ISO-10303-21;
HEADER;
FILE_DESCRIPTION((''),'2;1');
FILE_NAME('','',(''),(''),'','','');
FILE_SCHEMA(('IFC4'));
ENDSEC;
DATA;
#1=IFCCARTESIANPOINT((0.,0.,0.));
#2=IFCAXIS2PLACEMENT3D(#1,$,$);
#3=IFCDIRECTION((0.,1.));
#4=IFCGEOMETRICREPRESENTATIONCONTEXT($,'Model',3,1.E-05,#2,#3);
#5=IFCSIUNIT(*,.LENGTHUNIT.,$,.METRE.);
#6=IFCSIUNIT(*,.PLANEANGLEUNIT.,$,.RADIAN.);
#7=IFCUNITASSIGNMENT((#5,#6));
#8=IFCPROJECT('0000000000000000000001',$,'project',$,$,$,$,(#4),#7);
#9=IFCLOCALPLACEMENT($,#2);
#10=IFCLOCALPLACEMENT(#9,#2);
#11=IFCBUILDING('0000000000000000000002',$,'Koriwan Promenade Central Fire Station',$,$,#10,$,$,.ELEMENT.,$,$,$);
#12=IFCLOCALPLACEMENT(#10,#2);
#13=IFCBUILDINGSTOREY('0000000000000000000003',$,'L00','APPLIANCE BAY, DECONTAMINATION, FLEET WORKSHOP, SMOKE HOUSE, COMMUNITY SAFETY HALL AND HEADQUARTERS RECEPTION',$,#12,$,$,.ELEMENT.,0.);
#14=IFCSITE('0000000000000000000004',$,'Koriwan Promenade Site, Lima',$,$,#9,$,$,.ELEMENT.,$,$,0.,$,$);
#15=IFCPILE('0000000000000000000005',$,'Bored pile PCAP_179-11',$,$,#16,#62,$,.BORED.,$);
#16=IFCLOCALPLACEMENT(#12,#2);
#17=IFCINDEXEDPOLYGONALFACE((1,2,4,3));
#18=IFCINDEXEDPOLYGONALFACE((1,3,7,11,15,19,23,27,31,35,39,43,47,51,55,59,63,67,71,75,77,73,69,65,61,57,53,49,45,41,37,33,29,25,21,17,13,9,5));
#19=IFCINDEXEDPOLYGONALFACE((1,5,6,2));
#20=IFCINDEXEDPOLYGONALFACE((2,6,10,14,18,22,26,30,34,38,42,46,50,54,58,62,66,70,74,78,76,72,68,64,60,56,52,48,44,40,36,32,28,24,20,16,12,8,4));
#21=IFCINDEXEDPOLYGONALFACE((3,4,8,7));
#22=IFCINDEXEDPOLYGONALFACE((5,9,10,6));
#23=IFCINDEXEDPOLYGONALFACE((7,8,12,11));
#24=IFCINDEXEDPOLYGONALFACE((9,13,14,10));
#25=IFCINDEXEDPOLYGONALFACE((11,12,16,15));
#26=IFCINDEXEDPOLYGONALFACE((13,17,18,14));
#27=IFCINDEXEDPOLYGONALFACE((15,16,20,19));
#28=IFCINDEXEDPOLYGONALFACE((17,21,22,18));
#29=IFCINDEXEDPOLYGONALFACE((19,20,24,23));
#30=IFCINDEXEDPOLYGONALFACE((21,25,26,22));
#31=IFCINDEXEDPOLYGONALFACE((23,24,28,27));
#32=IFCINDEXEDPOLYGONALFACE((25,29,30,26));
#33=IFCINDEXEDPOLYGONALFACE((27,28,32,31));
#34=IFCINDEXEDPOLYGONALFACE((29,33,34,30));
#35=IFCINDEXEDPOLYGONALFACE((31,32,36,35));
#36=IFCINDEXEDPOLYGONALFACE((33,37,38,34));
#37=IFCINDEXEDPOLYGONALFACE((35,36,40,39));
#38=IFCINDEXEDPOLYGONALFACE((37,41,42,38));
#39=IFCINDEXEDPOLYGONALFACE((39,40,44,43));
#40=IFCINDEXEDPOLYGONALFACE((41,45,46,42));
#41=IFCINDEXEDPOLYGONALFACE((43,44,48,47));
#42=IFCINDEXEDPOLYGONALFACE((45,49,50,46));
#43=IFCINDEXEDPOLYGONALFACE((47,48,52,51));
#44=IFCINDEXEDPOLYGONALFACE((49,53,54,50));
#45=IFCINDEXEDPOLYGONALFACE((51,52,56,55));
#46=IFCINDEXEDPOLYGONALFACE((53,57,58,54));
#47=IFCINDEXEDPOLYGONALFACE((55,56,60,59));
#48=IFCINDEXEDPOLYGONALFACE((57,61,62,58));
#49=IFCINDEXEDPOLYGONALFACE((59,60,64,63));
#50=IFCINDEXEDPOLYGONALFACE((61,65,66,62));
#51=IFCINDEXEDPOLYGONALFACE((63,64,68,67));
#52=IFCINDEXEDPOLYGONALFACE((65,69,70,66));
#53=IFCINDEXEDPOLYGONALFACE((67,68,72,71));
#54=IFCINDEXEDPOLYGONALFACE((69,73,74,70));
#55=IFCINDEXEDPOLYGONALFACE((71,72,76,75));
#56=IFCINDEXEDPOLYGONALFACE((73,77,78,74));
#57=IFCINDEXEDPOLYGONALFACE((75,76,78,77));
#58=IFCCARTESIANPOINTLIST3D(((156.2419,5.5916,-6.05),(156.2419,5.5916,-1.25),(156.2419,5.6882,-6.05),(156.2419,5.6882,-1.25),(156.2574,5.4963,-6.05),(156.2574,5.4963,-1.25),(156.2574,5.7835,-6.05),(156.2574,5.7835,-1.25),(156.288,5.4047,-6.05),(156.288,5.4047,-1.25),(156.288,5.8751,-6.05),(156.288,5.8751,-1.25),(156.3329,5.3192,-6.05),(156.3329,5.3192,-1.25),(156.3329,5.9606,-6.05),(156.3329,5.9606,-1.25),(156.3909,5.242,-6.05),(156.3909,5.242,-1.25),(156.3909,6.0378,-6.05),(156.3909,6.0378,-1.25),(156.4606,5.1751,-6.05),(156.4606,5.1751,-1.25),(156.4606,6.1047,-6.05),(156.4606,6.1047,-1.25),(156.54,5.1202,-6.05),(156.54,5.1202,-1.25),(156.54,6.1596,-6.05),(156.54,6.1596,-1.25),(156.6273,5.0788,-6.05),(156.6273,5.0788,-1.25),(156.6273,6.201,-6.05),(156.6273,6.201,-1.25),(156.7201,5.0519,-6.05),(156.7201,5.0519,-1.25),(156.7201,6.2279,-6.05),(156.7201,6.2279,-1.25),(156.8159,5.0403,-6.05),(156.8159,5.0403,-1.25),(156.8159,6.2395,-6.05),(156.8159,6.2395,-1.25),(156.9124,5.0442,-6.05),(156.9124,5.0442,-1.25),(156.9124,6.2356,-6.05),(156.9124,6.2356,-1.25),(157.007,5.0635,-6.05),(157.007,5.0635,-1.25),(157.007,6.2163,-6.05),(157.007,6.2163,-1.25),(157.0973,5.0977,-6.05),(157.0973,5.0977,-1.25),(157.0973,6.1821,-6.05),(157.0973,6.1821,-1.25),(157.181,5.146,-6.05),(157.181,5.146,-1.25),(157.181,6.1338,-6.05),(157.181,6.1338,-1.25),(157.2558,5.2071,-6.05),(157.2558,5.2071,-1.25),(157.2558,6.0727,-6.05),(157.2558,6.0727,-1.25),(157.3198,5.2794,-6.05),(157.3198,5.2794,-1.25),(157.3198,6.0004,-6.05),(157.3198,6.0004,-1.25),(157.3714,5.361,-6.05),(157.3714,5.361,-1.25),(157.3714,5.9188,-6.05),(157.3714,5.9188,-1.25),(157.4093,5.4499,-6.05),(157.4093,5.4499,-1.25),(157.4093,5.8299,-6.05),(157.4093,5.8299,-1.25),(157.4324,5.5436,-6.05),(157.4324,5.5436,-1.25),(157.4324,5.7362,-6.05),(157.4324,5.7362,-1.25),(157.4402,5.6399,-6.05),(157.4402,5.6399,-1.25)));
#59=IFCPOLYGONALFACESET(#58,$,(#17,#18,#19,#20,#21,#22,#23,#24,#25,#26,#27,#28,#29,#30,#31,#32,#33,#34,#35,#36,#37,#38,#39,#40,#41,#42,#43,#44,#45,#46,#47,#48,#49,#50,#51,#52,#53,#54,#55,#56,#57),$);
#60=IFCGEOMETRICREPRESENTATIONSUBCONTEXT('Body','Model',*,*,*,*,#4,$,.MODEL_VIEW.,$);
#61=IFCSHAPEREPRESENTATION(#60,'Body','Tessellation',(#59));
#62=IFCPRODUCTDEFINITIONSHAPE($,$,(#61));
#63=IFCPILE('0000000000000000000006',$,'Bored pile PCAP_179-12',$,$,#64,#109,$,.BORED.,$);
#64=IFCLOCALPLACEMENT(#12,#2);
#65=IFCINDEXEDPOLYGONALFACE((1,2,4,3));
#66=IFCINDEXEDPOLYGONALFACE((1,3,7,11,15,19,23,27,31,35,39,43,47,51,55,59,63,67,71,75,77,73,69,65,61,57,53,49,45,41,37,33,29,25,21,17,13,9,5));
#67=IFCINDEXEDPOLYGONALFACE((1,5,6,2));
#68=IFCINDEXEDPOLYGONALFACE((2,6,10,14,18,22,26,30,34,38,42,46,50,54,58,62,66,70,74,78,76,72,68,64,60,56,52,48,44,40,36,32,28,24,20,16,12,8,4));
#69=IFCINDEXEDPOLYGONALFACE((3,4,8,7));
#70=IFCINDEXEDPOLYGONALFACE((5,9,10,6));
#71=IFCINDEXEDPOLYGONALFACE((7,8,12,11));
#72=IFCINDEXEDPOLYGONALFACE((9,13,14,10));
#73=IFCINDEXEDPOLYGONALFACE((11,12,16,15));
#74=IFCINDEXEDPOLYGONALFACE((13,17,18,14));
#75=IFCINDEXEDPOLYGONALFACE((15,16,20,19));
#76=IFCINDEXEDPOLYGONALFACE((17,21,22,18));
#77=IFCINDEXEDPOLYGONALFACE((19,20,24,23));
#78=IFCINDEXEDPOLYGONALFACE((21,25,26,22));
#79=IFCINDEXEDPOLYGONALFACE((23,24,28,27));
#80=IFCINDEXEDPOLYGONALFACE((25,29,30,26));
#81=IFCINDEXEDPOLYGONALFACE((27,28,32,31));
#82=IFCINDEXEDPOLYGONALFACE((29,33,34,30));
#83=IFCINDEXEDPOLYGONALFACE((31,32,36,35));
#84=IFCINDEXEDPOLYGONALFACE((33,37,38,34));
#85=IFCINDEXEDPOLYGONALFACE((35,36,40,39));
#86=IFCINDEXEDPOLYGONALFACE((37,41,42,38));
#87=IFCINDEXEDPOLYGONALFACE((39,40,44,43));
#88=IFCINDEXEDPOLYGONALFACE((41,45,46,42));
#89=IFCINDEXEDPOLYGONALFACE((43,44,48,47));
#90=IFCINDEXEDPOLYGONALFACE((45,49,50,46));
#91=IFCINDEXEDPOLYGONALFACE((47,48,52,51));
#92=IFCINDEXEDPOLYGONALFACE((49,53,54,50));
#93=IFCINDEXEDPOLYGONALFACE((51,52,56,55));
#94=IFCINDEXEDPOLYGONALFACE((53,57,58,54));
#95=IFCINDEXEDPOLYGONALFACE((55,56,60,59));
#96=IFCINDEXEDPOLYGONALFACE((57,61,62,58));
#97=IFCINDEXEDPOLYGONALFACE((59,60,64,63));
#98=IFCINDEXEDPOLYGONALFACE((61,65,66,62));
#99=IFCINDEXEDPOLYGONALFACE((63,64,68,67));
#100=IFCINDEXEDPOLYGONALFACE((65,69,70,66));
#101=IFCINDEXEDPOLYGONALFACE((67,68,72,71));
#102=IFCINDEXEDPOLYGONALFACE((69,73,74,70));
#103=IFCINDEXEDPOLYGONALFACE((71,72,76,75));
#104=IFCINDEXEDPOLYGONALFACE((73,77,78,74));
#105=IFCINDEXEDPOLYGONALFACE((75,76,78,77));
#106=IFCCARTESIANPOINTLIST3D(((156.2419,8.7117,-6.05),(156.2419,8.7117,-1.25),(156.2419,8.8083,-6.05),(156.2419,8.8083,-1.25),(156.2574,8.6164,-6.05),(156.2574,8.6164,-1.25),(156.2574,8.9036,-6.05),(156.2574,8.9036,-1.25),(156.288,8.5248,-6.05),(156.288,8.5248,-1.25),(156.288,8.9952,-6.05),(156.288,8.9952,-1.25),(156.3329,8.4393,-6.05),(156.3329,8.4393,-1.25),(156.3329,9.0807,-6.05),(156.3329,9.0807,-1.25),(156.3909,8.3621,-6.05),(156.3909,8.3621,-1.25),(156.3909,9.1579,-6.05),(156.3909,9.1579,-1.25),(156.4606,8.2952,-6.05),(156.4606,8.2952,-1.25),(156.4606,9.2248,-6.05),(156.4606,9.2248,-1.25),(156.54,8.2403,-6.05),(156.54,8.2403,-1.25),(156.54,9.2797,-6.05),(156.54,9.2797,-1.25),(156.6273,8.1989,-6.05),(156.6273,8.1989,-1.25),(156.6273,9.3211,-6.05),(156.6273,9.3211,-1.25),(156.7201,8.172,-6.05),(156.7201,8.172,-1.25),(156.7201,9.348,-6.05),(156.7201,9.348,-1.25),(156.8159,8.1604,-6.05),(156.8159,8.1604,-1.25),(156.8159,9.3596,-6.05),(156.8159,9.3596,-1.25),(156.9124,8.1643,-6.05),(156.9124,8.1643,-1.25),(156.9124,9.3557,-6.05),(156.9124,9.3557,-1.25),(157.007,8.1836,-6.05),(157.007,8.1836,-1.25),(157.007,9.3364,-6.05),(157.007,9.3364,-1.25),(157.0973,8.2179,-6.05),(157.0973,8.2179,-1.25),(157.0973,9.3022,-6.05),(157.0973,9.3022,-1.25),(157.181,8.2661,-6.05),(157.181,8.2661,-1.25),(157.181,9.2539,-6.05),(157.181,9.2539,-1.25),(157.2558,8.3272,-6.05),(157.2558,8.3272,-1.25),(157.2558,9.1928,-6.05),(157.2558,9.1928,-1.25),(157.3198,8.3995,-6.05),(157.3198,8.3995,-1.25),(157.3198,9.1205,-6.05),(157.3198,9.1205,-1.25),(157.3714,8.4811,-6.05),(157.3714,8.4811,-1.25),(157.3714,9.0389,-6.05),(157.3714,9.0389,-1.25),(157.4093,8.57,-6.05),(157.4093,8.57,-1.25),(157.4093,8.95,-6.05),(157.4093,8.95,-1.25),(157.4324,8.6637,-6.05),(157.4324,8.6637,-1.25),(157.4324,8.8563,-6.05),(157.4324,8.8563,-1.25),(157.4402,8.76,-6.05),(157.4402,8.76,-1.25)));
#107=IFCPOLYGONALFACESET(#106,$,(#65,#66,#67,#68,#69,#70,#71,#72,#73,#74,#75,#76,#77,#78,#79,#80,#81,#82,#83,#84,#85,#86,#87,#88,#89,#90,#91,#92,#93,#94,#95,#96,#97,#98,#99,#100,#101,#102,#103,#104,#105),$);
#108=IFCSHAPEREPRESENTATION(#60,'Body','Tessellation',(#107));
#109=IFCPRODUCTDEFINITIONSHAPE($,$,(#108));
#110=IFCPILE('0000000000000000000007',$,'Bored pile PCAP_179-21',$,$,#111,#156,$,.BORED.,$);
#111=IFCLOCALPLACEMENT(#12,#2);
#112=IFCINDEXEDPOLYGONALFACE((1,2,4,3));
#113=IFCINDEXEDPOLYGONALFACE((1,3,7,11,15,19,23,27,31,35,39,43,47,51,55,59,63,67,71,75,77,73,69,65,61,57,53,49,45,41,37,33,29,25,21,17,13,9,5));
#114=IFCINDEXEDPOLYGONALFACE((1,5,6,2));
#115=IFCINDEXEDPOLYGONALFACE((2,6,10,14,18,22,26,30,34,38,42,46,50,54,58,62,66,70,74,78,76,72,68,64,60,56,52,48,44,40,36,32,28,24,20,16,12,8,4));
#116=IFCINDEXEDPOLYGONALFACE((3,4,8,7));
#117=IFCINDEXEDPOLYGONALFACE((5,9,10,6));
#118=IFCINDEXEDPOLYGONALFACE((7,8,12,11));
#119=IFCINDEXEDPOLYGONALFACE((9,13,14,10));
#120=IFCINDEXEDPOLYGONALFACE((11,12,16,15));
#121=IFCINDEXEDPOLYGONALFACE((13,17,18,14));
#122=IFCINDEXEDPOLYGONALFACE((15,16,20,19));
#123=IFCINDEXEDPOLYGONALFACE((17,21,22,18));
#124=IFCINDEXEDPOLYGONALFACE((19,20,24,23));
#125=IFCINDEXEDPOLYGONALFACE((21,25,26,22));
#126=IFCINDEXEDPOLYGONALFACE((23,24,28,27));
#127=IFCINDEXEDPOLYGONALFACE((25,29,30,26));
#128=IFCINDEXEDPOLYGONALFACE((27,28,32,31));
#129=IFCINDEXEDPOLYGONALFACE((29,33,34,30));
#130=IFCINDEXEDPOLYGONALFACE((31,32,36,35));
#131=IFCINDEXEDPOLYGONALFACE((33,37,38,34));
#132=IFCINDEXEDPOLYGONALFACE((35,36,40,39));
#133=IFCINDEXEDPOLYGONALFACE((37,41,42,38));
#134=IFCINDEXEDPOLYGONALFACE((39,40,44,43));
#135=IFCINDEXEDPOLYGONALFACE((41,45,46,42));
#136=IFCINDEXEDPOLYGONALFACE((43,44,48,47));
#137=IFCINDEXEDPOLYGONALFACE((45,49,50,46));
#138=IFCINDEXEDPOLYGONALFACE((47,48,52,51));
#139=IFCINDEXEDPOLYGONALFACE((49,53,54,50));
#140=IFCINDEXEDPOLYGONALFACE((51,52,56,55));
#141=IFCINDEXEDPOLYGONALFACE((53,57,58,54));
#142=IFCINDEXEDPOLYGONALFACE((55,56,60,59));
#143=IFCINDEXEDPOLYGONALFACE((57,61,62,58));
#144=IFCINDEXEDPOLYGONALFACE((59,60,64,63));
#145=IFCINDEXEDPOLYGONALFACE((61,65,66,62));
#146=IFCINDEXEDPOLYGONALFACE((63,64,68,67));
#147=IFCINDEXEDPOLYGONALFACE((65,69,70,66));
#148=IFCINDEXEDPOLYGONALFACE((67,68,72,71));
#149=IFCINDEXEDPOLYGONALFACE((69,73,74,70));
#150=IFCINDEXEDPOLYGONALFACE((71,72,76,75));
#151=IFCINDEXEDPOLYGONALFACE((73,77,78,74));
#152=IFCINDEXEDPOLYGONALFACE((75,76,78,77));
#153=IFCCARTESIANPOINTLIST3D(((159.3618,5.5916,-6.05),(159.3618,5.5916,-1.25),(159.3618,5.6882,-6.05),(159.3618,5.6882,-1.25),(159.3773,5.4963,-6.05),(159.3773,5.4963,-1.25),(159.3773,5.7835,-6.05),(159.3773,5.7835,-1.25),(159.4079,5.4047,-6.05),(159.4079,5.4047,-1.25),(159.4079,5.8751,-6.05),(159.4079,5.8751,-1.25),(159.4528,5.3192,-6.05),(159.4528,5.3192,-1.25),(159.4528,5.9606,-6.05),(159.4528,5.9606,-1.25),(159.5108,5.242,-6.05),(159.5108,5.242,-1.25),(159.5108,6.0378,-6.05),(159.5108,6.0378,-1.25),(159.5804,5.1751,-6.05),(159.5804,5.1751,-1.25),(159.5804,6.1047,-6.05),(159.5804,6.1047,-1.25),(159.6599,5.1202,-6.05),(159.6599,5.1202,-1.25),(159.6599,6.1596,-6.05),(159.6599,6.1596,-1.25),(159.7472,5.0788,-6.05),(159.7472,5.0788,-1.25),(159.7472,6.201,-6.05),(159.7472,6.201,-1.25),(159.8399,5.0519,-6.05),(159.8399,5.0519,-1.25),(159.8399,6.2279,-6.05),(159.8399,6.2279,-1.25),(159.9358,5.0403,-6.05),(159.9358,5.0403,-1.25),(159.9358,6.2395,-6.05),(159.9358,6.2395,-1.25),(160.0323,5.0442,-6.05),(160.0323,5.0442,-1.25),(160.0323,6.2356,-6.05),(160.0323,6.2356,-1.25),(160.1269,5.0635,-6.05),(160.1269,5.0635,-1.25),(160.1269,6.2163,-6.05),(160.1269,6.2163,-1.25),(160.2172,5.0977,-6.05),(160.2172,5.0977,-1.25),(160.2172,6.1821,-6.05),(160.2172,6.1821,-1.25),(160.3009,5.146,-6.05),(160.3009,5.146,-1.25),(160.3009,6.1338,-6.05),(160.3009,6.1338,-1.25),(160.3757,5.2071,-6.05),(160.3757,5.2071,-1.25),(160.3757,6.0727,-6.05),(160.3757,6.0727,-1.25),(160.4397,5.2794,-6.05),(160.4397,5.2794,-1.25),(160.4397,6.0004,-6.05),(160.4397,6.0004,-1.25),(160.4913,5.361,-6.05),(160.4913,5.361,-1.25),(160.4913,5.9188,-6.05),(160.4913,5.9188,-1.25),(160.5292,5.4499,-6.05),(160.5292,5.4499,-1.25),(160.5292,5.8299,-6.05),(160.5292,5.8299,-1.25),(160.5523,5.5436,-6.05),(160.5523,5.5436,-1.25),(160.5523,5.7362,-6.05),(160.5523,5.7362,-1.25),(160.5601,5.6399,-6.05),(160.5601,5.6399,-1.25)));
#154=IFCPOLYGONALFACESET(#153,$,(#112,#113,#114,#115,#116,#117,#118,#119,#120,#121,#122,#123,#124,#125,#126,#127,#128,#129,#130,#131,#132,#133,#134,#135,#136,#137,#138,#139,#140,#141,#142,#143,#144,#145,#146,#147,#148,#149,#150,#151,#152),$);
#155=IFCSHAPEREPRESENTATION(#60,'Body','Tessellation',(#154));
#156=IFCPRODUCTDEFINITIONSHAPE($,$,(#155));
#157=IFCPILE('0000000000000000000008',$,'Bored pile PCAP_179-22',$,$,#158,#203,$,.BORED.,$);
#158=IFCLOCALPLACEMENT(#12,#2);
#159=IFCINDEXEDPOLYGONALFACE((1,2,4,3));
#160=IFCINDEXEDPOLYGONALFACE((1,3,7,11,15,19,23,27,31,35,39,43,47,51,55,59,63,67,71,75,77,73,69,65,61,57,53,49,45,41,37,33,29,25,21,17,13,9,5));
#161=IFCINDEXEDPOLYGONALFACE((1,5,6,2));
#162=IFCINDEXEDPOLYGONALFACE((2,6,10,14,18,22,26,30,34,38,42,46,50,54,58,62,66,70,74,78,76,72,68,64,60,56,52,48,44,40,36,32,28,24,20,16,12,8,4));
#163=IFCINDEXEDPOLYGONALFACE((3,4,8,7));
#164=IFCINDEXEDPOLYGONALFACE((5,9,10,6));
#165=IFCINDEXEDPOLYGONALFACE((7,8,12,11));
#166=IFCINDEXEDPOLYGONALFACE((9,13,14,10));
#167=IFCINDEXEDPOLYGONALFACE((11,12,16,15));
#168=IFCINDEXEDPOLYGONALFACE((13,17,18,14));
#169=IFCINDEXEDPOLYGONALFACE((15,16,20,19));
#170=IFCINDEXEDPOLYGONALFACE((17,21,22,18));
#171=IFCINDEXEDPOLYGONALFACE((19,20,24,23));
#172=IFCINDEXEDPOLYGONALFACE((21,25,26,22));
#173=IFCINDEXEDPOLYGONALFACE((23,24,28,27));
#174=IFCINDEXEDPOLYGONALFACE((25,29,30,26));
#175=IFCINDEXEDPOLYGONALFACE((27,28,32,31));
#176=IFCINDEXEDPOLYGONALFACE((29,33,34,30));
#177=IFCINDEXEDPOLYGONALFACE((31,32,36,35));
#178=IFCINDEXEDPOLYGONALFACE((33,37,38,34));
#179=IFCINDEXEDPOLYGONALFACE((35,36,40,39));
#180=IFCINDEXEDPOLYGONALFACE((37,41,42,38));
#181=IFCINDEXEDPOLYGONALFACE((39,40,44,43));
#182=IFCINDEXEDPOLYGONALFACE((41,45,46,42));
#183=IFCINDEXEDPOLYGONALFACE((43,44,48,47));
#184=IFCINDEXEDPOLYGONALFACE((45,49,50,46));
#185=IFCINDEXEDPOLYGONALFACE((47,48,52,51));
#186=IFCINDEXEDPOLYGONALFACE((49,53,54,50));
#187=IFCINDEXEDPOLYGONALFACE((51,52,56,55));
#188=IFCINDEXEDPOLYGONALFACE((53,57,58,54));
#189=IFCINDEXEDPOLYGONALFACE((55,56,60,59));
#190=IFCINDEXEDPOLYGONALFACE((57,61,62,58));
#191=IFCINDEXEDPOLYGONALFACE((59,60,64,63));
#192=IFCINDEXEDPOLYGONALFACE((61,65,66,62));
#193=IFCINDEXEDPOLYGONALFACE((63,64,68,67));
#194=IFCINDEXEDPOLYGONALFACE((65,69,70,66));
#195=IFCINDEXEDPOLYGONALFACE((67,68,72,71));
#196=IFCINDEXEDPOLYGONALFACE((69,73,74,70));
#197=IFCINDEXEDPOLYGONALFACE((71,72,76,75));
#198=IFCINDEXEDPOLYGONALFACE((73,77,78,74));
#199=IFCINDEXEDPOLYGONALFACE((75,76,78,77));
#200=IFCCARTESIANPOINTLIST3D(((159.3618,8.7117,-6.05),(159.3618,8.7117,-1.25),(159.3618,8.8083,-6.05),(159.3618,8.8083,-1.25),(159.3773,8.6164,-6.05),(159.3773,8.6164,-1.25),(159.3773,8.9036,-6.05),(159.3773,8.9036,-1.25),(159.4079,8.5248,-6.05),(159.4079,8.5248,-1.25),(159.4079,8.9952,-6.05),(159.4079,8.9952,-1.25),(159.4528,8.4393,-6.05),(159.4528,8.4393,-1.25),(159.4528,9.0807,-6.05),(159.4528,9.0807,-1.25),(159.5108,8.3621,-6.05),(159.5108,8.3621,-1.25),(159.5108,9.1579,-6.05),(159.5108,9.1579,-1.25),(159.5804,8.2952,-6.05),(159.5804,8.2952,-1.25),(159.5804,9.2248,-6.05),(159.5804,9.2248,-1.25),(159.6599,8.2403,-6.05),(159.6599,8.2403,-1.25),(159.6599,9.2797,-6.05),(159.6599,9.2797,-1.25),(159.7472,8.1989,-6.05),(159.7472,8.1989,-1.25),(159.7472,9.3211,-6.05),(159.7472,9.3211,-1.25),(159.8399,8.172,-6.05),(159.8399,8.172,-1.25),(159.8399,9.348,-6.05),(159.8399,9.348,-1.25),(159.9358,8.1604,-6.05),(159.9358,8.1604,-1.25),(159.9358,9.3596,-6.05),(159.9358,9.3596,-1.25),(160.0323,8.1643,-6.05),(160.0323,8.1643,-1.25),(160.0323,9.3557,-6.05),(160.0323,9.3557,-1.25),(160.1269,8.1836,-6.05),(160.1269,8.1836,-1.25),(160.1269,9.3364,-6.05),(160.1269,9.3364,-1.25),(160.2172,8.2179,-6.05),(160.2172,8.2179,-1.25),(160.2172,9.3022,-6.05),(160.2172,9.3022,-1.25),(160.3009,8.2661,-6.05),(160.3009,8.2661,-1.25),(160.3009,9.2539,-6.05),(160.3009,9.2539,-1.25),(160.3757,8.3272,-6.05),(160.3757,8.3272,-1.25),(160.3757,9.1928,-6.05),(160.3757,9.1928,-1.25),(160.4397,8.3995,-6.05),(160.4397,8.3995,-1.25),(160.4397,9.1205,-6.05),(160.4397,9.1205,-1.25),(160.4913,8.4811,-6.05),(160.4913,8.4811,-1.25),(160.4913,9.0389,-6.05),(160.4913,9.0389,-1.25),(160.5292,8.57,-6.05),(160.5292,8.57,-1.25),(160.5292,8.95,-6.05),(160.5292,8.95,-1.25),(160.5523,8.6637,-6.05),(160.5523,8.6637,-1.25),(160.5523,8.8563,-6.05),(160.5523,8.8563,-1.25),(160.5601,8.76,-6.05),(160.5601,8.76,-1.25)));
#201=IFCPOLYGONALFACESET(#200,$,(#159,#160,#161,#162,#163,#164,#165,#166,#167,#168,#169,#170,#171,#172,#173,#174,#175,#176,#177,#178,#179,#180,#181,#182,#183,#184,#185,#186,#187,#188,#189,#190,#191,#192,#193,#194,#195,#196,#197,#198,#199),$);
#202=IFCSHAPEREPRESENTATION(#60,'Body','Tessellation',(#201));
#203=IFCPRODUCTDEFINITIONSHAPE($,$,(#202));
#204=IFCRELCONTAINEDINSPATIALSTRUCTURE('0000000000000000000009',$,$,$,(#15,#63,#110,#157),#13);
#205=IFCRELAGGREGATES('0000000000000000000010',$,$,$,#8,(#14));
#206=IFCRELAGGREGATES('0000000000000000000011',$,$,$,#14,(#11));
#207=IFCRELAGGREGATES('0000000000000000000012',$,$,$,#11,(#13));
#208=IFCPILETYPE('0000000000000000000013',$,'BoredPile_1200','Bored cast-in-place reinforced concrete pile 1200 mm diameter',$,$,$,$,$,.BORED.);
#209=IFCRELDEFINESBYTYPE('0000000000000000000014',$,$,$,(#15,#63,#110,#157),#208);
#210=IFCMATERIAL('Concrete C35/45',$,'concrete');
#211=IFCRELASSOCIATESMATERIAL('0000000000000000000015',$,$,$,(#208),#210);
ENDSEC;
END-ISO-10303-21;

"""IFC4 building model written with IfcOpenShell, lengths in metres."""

from ifc_helpers import new_model, si_unit, direction, frame, origin, origin_2d, place, context, subcontext, project, spatial, circle, extrude, material, material_profile, profile_set, type_object, element, save


model = new_model("IFC4")

# Units and contexts
model_context = context("Model", 3, precision=1e-05, world=origin(), true_north=direction((0.0, 1.0)))
body_context = subcontext(model_context, "Body", "Model", "MODEL_VIEW")
ifc_project = project(units=[si_unit("LENGTHUNIT", "METRE"), si_unit("PLANEANGLEUNIT", "RADIAN")], contexts=[model_context])

# Site, building, storey
site_placement = place(None, origin())
site = spatial("IfcSite", under=ifc_project, at=site_placement, Name="Koriwan Promenade Site, Lima", CompositionType="ELEMENT", RefElevation=0.0)
building_placement = place(site_placement, origin())
building = spatial("IfcBuilding", under=site, at=building_placement, Name="Koriwan Promenade Central Fire Station", CompositionType="ELEMENT")
storey_placement = place(building_placement, origin())
storey = spatial("IfcBuildingStorey", under=building, at=storey_placement, Name="L00", Description="APPLIANCE BAY, DECONTAMINATION, FLEET WORKSHOP, SMOKE HOUSE, COMMUNITY SAFETY HALL AND HEADQUARTERS RECEPTION", CompositionType="ELEMENT", Elevation=0.0)

# Piles
ifc_material_1 = material(Name="Concrete C35/45", Category="concrete")
ifc_material_profile_1 = material_profile(ifc_material_1, circle(Radius=0.6001, at=origin_2d()), Name="PILE-D1200")
ifc_profile_set_1 = profile_set([ifc_material_profile_1], Name="Concrete C35/45")
pile_type = type_object("IfcPileType", Name="BoredPile_1200", Description="Bored cast-in-place reinforced concrete pile 1200 mm diameter", PredefinedType="BORED", material=ifc_profile_set_1)
for number, where, z_axis, x_axis, name in (
    (1, (156.8401, 5.6399, -1.25), (0.0, 0.0, -1.0), (1.0, 0.0, 0.0), "Bored pile PCAP_179-11"),
    (2, (156.8401, 8.76, -1.25), (0.0, 0.0, -1.0), (1.0, 0.0, 0.0), "Bored pile PCAP_179-12"),
    (3, (159.96, 5.6399, -1.25), (0.0, 0.0, -1.0), (1.0, 0.0, 0.0), "Bored pile PCAP_179-21"),
    (4, (159.96, 8.76, -1.25), (0.0, 0.0, -1.0), (1.0, 0.0, 0.0), "Bored pile PCAP_179-22"),
):
    element("IfcPile", number, at=place(storey_placement, frame(where, z_axis=z_axis, x_axis=x_axis)), inside=storey, type_object=pile_type, Name=name, PredefinedType="BORED", context=body_context, shape_type="SweptSolid", body=[
        extrude(circle(Radius=0.6001, at=origin_2d()), origin(), (0.0, 0.0, 1.0), 4.8),
    ])

save(model, "model.ifc")
